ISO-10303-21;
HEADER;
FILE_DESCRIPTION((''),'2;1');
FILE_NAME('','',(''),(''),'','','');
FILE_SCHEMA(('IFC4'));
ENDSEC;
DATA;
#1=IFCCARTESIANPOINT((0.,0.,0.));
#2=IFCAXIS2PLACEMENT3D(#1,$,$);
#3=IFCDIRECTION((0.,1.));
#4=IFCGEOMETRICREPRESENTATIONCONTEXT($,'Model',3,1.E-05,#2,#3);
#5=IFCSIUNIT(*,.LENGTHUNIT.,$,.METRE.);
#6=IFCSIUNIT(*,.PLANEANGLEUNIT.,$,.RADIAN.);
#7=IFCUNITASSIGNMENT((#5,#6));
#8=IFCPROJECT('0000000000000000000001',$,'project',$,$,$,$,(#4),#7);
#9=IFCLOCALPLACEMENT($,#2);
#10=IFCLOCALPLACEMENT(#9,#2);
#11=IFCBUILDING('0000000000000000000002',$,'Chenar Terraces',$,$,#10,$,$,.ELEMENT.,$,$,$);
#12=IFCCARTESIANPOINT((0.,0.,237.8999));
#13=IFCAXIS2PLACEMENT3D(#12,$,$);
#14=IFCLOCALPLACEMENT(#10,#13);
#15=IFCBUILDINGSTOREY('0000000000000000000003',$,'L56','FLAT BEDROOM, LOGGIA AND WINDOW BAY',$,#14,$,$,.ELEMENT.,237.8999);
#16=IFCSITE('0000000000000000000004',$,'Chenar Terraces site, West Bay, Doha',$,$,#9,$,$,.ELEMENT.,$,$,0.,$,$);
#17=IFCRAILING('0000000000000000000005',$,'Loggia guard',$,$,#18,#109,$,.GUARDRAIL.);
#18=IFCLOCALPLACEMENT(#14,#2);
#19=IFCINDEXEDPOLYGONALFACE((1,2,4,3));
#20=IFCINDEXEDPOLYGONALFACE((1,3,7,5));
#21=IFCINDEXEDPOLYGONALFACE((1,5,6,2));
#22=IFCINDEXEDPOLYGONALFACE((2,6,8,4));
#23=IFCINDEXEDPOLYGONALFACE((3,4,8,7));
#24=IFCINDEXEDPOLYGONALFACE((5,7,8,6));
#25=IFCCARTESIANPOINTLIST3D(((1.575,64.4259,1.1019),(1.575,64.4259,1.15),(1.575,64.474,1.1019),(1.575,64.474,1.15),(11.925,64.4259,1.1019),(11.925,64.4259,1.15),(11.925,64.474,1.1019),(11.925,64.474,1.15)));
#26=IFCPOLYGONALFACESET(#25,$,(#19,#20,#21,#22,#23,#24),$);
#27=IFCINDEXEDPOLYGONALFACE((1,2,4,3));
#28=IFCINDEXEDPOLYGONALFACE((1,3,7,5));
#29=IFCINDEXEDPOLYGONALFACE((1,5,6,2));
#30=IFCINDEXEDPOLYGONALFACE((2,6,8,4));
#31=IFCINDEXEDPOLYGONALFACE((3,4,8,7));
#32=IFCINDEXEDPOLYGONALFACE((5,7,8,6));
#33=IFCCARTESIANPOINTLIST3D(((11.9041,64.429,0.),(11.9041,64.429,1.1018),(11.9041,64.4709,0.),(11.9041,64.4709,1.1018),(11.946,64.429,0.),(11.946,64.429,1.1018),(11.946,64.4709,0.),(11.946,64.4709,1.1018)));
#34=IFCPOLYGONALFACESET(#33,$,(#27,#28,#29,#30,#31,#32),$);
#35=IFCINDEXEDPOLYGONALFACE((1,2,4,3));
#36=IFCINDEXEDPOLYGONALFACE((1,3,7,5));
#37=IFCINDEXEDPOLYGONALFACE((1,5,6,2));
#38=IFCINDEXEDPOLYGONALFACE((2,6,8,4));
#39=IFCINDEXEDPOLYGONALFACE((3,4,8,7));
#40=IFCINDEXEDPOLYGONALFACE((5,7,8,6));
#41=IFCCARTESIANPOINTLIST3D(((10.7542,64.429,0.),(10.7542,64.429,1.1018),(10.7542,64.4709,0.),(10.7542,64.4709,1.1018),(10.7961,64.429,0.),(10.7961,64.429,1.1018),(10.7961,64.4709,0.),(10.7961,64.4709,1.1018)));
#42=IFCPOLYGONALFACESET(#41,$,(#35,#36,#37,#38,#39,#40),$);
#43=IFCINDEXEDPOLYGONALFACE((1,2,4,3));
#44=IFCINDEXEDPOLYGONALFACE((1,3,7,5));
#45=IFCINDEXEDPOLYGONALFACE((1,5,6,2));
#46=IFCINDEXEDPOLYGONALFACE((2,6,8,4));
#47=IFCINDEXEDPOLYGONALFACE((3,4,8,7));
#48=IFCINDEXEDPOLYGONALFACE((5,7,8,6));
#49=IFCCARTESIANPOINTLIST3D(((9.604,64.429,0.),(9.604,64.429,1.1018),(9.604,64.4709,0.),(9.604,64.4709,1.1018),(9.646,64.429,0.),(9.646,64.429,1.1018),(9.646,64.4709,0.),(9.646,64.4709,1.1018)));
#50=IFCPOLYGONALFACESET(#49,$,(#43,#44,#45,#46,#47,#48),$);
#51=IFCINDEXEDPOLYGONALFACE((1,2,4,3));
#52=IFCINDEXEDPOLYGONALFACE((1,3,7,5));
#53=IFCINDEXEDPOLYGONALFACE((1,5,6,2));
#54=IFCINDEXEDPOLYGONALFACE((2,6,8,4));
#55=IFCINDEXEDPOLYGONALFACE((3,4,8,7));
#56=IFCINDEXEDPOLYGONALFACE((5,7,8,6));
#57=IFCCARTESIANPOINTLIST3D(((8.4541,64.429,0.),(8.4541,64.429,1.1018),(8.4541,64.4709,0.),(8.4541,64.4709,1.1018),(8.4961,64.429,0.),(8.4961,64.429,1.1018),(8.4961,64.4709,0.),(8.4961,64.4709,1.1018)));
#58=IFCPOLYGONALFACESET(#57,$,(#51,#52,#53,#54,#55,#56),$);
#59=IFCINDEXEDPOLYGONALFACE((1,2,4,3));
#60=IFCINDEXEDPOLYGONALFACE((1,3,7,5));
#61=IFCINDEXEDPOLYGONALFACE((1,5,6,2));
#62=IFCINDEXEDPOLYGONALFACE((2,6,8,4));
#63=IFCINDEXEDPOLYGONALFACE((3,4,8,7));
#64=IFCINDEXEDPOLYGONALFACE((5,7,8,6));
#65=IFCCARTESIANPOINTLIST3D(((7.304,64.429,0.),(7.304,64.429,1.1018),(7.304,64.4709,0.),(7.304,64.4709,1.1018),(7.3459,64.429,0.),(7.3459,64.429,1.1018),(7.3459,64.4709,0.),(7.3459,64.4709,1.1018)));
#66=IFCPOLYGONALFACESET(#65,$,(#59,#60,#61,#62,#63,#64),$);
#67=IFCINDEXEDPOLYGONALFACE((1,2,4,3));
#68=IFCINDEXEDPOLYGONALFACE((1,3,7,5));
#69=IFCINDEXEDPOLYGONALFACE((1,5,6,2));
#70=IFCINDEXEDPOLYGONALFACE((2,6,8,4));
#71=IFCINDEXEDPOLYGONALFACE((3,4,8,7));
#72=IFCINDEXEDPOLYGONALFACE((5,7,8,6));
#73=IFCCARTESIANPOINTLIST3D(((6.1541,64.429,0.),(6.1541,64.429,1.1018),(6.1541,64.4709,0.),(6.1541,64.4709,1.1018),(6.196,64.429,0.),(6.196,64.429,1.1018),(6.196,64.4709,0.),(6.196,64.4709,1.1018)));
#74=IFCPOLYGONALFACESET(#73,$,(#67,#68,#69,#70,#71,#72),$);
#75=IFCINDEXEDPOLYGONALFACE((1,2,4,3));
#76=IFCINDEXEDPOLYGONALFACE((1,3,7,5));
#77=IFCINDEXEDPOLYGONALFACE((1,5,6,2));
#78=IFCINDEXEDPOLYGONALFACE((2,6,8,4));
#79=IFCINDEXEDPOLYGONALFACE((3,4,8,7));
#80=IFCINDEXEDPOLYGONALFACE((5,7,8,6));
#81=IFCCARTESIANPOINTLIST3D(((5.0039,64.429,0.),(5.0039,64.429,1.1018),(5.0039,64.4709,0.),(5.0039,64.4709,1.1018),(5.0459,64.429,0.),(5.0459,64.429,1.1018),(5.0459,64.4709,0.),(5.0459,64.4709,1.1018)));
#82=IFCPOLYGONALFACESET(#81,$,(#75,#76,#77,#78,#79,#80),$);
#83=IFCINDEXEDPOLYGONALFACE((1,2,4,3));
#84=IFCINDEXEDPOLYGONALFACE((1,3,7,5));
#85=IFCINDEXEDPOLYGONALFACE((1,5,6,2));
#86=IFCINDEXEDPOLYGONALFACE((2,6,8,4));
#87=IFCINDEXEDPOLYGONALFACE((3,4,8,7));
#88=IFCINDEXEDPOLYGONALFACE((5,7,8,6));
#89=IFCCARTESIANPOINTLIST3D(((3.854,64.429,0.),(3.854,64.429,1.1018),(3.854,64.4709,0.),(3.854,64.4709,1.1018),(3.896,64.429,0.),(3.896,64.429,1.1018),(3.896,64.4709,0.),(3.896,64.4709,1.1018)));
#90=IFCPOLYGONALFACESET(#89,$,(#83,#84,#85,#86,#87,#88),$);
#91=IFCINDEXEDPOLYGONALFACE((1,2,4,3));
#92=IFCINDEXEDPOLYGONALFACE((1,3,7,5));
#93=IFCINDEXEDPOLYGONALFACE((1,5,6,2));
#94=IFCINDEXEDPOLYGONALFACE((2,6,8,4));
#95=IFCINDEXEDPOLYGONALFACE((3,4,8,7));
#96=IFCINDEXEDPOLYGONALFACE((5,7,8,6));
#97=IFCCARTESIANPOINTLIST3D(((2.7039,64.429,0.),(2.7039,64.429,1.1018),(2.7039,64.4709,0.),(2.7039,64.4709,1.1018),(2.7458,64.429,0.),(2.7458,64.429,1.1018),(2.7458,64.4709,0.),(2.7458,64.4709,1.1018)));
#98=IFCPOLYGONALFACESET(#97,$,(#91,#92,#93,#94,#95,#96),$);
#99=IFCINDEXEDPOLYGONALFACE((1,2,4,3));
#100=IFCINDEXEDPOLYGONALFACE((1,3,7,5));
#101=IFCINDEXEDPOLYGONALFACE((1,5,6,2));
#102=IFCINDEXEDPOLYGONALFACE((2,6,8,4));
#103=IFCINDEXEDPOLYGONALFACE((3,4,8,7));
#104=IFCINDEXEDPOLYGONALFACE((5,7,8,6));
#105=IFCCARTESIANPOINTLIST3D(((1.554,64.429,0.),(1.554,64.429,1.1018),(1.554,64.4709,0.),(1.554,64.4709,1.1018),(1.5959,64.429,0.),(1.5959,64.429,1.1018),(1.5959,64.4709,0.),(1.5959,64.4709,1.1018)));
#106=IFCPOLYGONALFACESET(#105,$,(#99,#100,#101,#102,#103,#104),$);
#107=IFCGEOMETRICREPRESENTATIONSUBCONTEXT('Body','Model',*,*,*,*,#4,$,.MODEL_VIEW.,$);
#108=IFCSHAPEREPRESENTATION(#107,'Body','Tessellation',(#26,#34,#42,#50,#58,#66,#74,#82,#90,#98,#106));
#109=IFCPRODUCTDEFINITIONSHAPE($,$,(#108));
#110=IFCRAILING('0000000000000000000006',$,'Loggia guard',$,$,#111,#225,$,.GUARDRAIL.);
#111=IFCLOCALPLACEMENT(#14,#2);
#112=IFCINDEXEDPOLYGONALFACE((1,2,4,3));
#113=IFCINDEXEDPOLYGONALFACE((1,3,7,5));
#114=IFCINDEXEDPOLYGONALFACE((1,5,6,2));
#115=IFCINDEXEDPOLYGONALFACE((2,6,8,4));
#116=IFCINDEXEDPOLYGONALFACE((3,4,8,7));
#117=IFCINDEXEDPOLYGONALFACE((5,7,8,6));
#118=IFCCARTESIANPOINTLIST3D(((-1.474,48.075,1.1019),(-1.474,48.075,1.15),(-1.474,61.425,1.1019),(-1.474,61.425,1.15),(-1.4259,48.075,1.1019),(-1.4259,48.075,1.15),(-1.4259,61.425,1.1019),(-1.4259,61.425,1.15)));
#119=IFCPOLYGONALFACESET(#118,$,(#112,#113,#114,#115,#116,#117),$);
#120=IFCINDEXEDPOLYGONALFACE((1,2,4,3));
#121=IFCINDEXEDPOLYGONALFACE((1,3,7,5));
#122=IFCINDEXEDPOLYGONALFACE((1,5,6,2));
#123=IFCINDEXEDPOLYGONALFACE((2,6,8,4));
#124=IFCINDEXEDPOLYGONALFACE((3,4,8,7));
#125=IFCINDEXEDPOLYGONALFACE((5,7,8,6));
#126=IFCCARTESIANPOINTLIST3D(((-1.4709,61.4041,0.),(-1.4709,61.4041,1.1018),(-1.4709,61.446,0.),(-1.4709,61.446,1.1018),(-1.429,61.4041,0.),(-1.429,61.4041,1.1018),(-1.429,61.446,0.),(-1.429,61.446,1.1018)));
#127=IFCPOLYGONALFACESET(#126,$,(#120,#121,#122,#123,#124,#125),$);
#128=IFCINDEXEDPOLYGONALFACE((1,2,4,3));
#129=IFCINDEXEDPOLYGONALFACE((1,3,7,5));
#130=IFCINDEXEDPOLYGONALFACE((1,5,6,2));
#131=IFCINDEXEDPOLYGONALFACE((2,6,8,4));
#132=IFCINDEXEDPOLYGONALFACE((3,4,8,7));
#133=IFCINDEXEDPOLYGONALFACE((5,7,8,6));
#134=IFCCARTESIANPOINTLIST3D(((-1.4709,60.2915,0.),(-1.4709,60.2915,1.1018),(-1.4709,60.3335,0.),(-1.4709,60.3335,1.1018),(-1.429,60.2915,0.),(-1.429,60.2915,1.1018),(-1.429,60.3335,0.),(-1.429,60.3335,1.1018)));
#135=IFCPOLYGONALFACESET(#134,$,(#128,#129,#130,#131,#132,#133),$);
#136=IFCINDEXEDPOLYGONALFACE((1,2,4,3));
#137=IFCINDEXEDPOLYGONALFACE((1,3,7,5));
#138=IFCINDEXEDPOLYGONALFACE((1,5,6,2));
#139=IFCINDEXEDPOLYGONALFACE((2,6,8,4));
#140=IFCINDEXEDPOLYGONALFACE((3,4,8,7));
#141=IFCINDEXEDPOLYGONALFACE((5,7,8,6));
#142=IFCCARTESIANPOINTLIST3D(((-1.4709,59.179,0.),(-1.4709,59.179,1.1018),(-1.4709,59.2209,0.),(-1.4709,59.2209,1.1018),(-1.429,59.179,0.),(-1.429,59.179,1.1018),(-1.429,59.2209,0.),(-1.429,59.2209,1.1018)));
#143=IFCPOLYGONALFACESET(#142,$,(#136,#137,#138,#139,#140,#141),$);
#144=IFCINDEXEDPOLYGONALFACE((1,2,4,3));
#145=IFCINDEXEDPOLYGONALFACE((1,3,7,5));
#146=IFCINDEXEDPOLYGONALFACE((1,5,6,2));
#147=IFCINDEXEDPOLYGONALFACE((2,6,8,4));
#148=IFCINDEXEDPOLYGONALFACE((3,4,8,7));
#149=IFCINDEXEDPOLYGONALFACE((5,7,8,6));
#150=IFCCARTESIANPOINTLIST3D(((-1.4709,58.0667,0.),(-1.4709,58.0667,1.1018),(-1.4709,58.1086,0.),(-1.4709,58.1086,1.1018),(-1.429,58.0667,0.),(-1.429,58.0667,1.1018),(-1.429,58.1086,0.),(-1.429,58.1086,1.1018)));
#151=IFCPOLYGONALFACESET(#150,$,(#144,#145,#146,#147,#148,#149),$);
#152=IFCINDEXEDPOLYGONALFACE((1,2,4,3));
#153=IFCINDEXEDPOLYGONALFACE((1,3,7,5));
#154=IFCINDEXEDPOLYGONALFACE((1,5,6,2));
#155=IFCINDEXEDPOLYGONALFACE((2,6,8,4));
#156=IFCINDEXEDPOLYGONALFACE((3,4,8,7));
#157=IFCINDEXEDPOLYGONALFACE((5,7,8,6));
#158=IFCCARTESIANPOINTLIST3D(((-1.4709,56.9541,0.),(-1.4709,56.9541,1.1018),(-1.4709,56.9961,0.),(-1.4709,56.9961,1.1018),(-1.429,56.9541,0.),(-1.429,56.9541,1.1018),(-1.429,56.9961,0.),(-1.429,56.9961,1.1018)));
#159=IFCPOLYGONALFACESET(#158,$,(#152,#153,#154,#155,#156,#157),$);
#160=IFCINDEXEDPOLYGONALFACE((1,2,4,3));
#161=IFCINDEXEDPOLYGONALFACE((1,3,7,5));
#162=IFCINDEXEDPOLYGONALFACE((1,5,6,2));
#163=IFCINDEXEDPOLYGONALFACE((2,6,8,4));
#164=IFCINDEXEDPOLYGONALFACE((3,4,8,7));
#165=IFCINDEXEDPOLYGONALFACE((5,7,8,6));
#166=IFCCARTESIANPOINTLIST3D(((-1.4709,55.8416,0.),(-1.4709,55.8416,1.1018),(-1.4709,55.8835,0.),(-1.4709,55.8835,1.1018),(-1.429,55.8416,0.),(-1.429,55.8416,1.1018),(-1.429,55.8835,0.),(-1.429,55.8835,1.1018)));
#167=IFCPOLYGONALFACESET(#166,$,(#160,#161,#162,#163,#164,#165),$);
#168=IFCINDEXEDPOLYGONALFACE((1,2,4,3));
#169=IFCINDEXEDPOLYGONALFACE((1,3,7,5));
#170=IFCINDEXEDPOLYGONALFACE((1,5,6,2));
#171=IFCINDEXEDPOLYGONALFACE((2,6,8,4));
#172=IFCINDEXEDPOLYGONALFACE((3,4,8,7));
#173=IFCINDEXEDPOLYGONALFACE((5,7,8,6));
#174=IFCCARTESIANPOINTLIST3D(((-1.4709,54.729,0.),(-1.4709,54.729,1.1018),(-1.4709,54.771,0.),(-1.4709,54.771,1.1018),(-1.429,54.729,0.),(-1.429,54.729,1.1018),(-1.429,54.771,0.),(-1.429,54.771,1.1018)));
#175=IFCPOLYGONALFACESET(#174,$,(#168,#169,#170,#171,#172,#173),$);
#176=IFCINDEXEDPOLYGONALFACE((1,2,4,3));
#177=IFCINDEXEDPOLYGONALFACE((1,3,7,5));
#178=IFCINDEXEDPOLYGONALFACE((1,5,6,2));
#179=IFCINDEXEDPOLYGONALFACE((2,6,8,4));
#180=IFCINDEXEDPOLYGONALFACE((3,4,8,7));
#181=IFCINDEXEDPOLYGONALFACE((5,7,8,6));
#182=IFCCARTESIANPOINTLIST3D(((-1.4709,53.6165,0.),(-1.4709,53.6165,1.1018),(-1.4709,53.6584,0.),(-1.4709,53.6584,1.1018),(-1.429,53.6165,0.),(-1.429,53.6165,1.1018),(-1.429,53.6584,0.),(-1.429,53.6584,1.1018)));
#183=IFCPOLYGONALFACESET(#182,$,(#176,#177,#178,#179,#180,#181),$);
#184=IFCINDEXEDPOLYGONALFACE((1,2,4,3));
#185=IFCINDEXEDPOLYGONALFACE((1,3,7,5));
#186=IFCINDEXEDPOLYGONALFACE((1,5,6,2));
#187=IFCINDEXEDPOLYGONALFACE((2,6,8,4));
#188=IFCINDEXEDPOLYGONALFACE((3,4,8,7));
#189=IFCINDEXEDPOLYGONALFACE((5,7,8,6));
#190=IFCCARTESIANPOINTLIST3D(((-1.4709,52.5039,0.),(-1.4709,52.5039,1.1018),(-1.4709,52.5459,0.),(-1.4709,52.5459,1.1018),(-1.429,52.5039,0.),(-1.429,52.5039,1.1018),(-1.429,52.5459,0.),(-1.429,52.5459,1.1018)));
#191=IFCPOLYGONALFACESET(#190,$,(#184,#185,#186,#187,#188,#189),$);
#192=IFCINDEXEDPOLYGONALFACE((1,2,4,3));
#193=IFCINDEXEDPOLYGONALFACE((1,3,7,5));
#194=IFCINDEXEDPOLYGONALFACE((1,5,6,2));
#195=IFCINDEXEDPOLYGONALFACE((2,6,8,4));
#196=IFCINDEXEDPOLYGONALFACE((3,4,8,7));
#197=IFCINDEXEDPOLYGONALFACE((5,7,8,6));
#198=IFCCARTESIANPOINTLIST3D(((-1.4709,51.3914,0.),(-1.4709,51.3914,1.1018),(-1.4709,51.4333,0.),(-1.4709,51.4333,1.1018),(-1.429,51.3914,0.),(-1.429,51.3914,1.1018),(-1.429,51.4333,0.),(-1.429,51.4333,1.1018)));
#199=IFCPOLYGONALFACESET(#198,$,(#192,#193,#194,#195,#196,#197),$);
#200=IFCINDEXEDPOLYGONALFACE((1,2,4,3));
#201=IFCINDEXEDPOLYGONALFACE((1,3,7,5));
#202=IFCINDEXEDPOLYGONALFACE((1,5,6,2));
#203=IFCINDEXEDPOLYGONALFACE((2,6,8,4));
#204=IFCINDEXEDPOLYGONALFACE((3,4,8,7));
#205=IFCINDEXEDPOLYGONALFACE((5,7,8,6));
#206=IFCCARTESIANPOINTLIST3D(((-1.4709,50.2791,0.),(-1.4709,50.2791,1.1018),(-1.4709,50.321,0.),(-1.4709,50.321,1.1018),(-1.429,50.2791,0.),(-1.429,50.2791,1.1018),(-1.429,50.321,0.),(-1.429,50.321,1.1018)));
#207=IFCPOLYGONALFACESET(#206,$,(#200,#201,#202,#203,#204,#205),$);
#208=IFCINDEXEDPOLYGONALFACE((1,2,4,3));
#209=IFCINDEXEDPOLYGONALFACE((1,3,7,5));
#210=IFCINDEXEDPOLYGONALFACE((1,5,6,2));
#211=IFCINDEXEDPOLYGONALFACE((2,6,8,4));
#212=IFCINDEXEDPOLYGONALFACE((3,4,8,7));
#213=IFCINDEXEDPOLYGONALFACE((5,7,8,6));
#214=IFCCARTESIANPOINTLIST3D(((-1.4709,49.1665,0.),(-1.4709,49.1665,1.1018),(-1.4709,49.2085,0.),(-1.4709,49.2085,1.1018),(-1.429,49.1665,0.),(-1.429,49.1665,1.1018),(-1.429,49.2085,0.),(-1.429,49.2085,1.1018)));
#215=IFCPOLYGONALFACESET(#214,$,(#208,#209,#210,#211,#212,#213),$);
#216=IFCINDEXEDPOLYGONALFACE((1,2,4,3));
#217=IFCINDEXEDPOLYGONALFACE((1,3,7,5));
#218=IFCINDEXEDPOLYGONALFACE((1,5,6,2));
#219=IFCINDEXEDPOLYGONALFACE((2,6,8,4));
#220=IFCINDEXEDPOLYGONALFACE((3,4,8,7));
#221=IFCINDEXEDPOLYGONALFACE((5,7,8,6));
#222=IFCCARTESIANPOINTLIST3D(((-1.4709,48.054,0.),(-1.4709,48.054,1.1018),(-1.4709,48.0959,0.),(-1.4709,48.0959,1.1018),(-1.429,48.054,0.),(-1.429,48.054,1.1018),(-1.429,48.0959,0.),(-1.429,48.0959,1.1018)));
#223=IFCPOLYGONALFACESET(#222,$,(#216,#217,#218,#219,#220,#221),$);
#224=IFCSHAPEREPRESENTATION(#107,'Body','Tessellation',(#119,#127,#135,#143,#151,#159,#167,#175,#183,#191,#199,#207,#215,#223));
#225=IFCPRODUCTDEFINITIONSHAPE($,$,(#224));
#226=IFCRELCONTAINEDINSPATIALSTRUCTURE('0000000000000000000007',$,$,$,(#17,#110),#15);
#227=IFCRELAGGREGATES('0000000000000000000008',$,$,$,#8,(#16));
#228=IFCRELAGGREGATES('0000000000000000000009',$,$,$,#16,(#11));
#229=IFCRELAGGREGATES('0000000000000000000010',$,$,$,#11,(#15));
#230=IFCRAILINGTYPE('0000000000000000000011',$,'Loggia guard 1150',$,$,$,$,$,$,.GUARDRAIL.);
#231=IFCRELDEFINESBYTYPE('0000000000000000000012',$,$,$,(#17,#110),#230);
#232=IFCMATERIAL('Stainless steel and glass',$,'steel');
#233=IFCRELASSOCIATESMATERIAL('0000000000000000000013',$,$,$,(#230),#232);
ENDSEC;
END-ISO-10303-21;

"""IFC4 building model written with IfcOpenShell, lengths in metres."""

from ifc_helpers import new_model, si_unit, direction, frame, origin, origin_2d, place, context, subcontext, project, spatial, rectangle, extrude, material, type_object, element, save


model = new_model("IFC4")

# Units and contexts
model_context = context("Model", 3, precision=1e-05, world=origin(), true_north=direction((0.0, 1.0)))
body_context = subcontext(model_context, "Body", "Model", "MODEL_VIEW")
ifc_project = project(units=[si_unit("LENGTHUNIT", "METRE"), si_unit("PLANEANGLEUNIT", "RADIAN")], contexts=[model_context])

# Site, building, storey
site_placement = place(None, origin())
site = spatial("IfcSite", under=ifc_project, at=site_placement, Name="Chenar Terraces site, West Bay, Doha", CompositionType="ELEMENT", RefElevation=0.0)
building_placement = place(site_placement, origin())
building = spatial("IfcBuilding", under=site, at=building_placement, Name="Chenar Terraces", CompositionType="ELEMENT")
storey_placement = place(building_placement, frame((0.0, 0.0, 237.8999)))
storey = spatial("IfcBuildingStorey", under=building, at=storey_placement, Name="L56", Description="FLAT BEDROOM, LOGGIA AND WINDOW BAY", CompositionType="ELEMENT", Elevation=237.8999)

# Railings
ifc_material_1 = material(Name="Stainless steel and glass", Category="steel")
railing_type = type_object("IfcRailingType", Name="Loggia guard 1150", PredefinedType="GUARDRAIL", material=ifc_material_1)
railing_1_placement = place(storey_placement, frame((11.925, 64.45, 0.0)))
element("IfcRailing", 1, at=railing_1_placement, inside=storey, type_object=railing_type, Name="Loggia guard", PredefinedType="GUARDRAIL", context=body_context, shape_type="SweptSolid", body=[
    extrude(rectangle(XDim=0.0481, YDim=0.0481, at=origin_2d()), frame((0.0, 0.0, 1.126), z_axis=(-1.0, 0.0, 0.0), x_axis=(0.0, -1.0, 0.0)), (0.0, 0.0, 1.0), 10.3501),
    extrude(rectangle(XDim=0.042, YDim=0.042, at=origin_2d()), origin(), (0.0, 0.0, 1.0), 1.1018),
    extrude(rectangle(XDim=0.042, YDim=0.042, at=origin_2d()), frame((-1.1499, 0.0, 0.0)), (0.0, 0.0, 1.0), 1.1018),
    extrude(rectangle(XDim=0.042, YDim=0.042, at=origin_2d()), frame((-2.3, 0.0, 0.0)), (0.0, 0.0, 1.0), 1.1018),
    extrude(rectangle(XDim=0.042, YDim=0.042, at=origin_2d()), frame((-3.45, 0.0, 0.0)), (0.0, 0.0, 1.0), 1.1018),
    extrude(rectangle(XDim=0.042, YDim=0.042, at=origin_2d()), frame((-4.6001, 0.0, 0.0)), (0.0, 0.0, 1.0), 1.1018),
    extrude(rectangle(XDim=0.042, YDim=0.042, at=origin_2d()), frame((-5.75, 0.0, 0.0)), (0.0, 0.0, 1.0), 1.1018),
    extrude(rectangle(XDim=0.042, YDim=0.042, at=origin_2d()), frame((-6.9001, 0.0, 0.0)), (0.0, 0.0, 1.0), 1.1018),
    extrude(rectangle(XDim=0.042, YDim=0.042, at=origin_2d()), frame((-8.05, 0.0, 0.0)), (0.0, 0.0, 1.0), 1.1018),
    extrude(rectangle(XDim=0.042, YDim=0.042, at=origin_2d()), frame((-9.2002, 0.0, 0.0)), (0.0, 0.0, 1.0), 1.1018),
    extrude(rectangle(XDim=0.042, YDim=0.042, at=origin_2d()), frame((-10.3501, 0.0, 0.0)), (0.0, 0.0, 1.0), 1.1018),
])
railing_2_placement = place(storey_placement, frame((-1.45, 61.425, 0.0)))
element("IfcRailing", 2, at=railing_2_placement, inside=storey, type_object=railing_type, Name="Loggia guard", PredefinedType="GUARDRAIL", context=body_context, shape_type="SweptSolid", body=[
    extrude(rectangle(XDim=0.0481, YDim=0.0481, at=origin_2d()), frame((0.0, 0.0, 1.126), z_axis=(0.0, -1.0, 0.0), x_axis=(1.0, 0.0, 0.0)), (0.0, 0.0, 1.0), 13.3501),
    extrude(rectangle(XDim=0.042, YDim=0.042, at=origin_2d()), origin(), (0.0, 0.0, 1.0), 1.1018),
    extrude(rectangle(XDim=0.042, YDim=0.042, at=origin_2d()), frame((0.0, -1.1125, 0.0)), (0.0, 0.0, 1.0), 1.1018),
    extrude(rectangle(XDim=0.042, YDim=0.042, at=origin_2d()), frame((0.0, -2.2251, 0.0)), (0.0, 0.0, 1.0), 1.1018),
    extrude(rectangle(XDim=0.042, YDim=0.042, at=origin_2d()), frame((0.0, -3.3374, 0.0)), (0.0, 0.0, 1.0), 1.1018),
    extrude(rectangle(XDim=0.042, YDim=0.042, at=origin_2d()), frame((0.0, -4.45, 0.0)), (0.0, 0.0, 1.0), 1.1018),
    extrude(rectangle(XDim=0.042, YDim=0.042, at=origin_2d()), frame((0.0, -5.5625, 0.0)), (0.0, 0.0, 1.0), 1.1018),
    extrude(rectangle(XDim=0.042, YDim=0.042, at=origin_2d()), frame((0.0, -6.675, 0.0)), (0.0, 0.0, 1.0), 1.1018),
    extrude(rectangle(XDim=0.042, YDim=0.042, at=origin_2d()), frame((0.0, -7.7876, 0.0)), (0.0, 0.0, 1.0), 1.1018),
    extrude(rectangle(XDim=0.042, YDim=0.042, at=origin_2d()), frame((0.0, -8.9001, 0.0)), (0.0, 0.0, 1.0), 1.1018),
    extrude(rectangle(XDim=0.042, YDim=0.042, at=origin_2d()), frame((0.0, -10.0127, 0.0)), (0.0, 0.0, 1.0), 1.1018),
    extrude(rectangle(XDim=0.042, YDim=0.042, at=origin_2d()), frame((0.0, -11.125, 0.0)), (0.0, 0.0, 1.0), 1.1018),
    extrude(rectangle(XDim=0.042, YDim=0.042, at=origin_2d()), frame((0.0, -12.2375, 0.0)), (0.0, 0.0, 1.0), 1.1018),
    extrude(rectangle(XDim=0.042, YDim=0.042, at=origin_2d()), frame((0.0, -13.3501, 0.0)), (0.0, 0.0, 1.0), 1.1018),
])

save(model, "model.ifc")
